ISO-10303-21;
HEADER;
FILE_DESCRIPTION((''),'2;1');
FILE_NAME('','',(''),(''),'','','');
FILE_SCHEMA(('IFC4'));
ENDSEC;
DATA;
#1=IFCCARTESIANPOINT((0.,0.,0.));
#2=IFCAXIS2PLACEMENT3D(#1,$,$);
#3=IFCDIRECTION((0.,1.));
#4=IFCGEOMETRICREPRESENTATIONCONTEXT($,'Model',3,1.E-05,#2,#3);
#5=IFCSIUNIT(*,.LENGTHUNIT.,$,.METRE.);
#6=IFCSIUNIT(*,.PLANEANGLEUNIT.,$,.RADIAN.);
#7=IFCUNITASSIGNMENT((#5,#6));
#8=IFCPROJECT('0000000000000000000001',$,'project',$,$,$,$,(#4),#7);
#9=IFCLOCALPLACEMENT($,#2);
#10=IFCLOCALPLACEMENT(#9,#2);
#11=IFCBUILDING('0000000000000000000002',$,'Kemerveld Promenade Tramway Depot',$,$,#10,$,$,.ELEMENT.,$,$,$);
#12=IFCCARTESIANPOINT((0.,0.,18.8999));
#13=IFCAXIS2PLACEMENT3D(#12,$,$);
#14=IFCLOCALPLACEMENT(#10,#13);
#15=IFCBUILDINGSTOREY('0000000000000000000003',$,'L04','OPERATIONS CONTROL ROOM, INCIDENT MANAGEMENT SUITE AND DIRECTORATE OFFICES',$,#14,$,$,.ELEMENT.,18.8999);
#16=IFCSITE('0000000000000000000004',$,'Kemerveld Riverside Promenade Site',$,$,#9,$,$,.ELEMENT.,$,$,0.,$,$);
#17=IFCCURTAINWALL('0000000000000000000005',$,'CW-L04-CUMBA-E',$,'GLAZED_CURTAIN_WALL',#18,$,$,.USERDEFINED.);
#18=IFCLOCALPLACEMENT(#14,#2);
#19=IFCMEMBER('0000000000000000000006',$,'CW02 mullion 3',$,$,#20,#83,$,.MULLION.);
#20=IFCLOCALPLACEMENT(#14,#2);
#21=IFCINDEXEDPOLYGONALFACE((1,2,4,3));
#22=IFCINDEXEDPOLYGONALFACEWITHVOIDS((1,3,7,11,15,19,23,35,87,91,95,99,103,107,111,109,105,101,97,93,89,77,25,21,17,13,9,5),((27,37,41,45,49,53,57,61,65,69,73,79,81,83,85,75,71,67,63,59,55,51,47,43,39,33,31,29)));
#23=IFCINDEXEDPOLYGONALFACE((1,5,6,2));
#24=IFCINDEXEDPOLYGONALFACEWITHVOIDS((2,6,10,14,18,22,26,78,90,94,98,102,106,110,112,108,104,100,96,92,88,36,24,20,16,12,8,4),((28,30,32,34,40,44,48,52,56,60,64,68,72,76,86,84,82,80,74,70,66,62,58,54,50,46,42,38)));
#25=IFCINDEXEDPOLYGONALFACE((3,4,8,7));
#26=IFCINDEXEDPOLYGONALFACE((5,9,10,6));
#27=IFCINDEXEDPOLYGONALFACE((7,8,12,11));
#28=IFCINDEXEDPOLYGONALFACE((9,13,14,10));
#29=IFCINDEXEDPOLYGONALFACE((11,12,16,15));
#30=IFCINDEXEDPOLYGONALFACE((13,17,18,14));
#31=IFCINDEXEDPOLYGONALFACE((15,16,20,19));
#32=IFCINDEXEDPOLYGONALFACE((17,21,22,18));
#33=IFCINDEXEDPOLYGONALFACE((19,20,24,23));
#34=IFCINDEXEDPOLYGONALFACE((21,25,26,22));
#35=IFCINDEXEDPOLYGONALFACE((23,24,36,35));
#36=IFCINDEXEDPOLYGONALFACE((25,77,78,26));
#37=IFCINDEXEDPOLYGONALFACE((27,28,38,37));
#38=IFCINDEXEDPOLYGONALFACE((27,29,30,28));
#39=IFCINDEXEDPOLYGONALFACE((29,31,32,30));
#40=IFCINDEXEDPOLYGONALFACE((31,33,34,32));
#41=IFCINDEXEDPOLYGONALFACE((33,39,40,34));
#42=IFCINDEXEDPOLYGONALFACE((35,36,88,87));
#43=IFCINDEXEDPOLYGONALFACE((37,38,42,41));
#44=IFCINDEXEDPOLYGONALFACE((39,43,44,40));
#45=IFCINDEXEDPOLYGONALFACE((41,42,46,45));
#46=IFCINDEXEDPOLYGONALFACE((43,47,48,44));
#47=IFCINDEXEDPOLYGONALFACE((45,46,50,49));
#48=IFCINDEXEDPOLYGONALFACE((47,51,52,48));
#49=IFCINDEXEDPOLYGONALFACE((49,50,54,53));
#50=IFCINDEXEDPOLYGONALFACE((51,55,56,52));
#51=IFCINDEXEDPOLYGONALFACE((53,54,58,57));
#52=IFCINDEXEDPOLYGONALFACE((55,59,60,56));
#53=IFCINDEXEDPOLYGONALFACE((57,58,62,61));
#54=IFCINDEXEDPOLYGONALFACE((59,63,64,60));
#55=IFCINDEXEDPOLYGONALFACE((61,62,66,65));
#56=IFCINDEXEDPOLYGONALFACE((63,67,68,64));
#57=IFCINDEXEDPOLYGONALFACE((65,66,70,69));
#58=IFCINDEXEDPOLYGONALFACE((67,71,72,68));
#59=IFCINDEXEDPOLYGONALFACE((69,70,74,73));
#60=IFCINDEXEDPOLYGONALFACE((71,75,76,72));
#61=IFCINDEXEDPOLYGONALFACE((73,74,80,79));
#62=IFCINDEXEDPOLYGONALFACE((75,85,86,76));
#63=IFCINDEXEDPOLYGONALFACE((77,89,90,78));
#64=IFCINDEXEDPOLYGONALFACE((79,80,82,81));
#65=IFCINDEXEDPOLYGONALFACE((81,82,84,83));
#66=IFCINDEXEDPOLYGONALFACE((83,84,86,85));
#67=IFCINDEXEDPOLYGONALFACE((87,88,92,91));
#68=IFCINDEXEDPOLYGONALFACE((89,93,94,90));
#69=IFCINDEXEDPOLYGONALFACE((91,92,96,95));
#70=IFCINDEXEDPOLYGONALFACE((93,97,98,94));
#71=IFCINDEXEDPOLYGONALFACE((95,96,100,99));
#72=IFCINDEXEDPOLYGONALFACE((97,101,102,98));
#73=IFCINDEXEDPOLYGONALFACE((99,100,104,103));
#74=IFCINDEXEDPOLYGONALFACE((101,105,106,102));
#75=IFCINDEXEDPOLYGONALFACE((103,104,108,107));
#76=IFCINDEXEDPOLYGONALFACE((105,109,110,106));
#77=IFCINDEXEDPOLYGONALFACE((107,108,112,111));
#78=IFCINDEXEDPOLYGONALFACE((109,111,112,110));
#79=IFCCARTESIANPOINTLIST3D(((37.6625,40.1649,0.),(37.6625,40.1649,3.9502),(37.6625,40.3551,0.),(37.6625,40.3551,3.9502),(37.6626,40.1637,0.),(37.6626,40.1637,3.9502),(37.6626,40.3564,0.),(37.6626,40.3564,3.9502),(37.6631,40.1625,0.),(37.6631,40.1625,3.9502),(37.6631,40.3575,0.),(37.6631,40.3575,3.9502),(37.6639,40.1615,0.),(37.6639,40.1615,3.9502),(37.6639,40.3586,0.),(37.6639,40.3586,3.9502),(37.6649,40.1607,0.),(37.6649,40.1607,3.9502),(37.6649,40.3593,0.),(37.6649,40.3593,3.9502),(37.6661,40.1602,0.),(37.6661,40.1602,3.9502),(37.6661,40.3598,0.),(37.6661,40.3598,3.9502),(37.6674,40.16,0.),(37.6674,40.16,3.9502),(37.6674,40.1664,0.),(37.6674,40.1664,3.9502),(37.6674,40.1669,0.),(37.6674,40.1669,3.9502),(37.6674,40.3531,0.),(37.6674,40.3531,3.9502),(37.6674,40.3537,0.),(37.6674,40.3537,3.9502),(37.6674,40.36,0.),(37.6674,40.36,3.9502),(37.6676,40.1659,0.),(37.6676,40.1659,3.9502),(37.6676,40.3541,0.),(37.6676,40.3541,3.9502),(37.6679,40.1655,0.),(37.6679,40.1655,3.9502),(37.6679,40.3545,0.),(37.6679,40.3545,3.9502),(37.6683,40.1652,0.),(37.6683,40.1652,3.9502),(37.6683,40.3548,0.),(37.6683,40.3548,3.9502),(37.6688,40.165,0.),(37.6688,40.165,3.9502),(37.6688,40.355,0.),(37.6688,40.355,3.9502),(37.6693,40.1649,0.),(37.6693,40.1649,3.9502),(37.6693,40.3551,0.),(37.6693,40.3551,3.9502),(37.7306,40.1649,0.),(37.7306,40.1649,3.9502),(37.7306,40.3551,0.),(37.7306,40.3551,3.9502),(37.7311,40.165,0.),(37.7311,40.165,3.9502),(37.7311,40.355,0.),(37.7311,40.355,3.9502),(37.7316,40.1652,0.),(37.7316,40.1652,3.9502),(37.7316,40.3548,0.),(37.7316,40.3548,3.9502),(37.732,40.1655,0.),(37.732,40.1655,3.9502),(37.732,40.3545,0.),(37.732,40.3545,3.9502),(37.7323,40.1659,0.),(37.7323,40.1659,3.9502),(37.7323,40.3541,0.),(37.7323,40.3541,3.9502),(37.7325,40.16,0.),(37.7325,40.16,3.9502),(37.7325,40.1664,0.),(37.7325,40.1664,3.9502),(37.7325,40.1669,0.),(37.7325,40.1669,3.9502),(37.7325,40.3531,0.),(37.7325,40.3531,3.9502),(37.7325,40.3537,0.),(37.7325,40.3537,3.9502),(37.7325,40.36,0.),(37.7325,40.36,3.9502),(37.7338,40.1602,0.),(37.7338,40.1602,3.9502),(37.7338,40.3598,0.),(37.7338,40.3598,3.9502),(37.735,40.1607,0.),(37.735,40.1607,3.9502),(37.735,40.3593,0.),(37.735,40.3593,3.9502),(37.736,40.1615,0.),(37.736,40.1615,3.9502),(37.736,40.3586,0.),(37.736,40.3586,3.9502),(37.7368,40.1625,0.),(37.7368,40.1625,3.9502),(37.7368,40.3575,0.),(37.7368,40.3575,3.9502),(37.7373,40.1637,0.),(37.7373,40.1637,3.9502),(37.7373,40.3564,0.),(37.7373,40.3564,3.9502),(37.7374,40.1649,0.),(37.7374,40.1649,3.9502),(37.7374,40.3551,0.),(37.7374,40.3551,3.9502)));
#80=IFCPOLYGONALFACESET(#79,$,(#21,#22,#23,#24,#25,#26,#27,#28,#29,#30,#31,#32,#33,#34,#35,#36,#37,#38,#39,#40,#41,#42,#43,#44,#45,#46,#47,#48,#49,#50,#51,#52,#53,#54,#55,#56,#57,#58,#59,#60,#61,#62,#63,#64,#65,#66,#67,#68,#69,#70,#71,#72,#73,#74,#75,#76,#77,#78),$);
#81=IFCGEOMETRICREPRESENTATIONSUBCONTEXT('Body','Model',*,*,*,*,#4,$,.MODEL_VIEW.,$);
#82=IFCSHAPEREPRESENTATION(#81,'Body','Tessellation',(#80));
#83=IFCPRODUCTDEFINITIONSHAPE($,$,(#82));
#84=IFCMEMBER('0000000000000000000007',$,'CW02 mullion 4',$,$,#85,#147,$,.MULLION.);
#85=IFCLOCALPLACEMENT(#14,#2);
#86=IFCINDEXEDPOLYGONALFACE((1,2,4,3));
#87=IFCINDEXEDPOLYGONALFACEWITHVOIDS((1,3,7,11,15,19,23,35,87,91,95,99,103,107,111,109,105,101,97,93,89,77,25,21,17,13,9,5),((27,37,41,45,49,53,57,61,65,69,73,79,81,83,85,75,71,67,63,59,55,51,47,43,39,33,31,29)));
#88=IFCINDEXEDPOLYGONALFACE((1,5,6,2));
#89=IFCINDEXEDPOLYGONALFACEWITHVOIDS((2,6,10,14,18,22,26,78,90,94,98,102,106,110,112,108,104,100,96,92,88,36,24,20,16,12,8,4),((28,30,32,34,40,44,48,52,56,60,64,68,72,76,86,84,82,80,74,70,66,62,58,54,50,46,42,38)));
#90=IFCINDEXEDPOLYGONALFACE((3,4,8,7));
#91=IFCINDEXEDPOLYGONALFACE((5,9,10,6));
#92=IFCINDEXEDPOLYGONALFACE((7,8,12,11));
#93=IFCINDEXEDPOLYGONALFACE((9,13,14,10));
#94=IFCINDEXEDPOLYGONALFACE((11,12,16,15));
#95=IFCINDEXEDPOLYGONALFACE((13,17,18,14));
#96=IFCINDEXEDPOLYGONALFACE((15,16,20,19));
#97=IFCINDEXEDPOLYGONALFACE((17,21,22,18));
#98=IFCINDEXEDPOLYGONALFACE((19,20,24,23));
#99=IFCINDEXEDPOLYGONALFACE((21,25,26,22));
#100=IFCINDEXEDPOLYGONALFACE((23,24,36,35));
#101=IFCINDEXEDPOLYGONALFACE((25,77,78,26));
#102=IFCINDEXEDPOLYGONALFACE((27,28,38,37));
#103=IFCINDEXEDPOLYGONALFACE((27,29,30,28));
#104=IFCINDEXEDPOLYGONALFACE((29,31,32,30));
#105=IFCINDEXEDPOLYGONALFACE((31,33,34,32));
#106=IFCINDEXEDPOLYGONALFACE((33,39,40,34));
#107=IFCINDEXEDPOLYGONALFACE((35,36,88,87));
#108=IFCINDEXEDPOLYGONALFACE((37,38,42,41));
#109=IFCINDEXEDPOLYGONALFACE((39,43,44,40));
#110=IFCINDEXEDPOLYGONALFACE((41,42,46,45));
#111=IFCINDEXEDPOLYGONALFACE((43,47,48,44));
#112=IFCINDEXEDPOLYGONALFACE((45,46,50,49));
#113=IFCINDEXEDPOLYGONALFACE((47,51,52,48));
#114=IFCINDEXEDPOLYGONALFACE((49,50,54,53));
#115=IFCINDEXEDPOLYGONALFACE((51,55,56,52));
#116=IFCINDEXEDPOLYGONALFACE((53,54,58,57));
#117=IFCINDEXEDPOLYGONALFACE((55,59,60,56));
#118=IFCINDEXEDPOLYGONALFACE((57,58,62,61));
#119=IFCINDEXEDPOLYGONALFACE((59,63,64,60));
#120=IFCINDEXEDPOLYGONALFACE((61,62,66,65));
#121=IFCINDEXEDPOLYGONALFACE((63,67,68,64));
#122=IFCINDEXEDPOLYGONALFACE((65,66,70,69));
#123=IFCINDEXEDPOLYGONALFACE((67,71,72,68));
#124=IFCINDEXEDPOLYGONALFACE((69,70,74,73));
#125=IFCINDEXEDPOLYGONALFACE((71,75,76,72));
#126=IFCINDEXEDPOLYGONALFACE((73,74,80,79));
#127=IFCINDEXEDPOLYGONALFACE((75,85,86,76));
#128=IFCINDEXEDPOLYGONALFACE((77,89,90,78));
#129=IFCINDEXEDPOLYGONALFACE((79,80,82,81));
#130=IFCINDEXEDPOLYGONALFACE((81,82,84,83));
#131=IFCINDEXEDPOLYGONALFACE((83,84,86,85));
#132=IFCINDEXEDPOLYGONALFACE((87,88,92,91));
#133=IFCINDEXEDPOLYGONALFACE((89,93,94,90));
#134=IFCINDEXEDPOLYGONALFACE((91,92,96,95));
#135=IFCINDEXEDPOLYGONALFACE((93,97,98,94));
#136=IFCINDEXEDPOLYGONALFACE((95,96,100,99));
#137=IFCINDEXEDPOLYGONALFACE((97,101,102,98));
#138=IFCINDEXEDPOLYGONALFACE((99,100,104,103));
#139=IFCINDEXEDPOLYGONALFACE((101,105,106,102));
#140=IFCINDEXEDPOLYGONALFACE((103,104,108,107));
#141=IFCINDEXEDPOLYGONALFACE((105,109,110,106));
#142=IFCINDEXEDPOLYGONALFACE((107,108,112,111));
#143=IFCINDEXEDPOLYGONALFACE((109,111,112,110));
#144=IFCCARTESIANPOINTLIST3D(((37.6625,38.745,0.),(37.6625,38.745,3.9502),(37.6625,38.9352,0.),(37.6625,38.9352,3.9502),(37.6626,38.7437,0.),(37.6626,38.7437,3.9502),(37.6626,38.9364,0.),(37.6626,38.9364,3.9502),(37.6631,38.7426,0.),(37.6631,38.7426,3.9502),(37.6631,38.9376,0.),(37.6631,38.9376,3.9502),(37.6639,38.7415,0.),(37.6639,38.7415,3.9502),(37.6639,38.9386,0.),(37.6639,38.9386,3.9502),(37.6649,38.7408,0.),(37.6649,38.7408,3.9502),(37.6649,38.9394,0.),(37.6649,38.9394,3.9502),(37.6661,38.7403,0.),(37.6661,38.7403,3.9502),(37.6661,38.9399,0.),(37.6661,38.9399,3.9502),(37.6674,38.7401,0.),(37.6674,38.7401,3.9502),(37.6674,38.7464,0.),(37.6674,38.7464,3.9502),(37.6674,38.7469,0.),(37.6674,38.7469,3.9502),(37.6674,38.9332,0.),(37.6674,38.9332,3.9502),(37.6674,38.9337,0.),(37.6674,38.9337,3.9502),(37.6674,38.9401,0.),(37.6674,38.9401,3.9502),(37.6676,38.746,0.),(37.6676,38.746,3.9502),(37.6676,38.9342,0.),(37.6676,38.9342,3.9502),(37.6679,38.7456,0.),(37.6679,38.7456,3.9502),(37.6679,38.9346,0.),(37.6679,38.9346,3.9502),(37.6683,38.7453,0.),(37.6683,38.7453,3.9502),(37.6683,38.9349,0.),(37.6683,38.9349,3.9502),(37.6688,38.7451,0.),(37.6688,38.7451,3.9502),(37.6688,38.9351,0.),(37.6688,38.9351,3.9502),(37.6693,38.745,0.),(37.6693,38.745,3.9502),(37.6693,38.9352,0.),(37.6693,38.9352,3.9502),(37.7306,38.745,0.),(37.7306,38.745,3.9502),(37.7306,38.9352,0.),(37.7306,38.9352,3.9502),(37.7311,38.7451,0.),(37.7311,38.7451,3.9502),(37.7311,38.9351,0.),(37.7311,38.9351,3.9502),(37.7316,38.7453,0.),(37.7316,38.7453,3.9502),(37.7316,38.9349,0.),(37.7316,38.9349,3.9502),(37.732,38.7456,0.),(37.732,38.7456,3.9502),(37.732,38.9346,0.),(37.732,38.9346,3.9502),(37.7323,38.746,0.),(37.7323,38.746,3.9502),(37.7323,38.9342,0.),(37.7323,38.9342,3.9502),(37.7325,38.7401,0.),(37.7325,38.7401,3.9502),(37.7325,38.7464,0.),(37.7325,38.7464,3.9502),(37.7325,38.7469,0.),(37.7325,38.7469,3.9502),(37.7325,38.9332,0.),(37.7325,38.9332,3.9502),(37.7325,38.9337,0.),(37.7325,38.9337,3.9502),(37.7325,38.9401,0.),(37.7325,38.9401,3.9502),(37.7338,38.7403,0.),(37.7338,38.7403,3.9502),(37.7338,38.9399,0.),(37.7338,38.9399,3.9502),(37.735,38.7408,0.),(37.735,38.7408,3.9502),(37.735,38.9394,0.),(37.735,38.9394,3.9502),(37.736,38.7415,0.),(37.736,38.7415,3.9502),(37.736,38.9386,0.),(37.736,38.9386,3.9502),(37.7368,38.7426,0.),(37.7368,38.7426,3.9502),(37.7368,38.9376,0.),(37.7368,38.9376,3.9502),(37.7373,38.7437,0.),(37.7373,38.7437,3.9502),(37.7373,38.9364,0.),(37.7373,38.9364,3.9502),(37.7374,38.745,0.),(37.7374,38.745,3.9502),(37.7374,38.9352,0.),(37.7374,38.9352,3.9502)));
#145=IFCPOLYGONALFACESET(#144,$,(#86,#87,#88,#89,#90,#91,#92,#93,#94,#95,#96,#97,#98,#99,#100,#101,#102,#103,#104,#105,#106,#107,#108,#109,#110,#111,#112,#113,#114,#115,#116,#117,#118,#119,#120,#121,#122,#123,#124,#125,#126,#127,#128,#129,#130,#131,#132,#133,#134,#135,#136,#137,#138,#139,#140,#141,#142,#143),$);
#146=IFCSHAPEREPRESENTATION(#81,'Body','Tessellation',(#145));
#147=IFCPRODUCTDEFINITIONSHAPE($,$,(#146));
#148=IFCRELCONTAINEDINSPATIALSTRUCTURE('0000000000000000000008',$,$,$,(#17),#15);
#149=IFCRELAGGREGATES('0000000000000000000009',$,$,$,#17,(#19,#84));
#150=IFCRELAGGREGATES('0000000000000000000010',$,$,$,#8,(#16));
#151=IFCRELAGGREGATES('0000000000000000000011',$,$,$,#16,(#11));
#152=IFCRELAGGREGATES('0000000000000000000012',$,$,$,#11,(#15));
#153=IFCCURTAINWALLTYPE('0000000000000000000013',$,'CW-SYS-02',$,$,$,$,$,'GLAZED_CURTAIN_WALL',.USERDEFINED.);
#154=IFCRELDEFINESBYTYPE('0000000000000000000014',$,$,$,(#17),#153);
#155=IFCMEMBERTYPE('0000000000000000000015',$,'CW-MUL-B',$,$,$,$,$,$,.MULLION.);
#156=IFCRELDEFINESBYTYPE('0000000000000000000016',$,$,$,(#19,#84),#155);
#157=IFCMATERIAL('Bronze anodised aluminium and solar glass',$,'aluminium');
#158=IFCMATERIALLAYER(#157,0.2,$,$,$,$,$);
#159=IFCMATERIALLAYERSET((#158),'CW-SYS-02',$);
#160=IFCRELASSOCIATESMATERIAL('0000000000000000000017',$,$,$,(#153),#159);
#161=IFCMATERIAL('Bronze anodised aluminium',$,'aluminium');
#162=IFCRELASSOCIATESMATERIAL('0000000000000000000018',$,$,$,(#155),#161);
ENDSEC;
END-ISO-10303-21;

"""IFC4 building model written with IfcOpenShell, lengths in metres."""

from ifc_helpers import new_model, si_unit, direction, frame, origin, origin_2d, place, context, subcontext, project, spatial, hollow_rectangle, extrude, material, layer, layer_set, material_profile, profile_set, type_object, element, aggregate, save


model = new_model("IFC4")

# Units and contexts
model_context = context("Model", 3, precision=1e-05, world=origin(), true_north=direction((0.0, 1.0)))
body_context = subcontext(model_context, "Body", "Model", "MODEL_VIEW")
ifc_project = project(units=[si_unit("LENGTHUNIT", "METRE"), si_unit("PLANEANGLEUNIT", "RADIAN")], contexts=[model_context])

# Site, building, storey
site_placement = place(None, origin())
site = spatial("IfcSite", under=ifc_project, at=site_placement, Name="Kemerveld Riverside Promenade Site", CompositionType="ELEMENT", RefElevation=0.0)
building_placement = place(site_placement, origin())
building = spatial("IfcBuilding", under=site, at=building_placement, Name="Kemerveld Promenade Tramway Depot", CompositionType="ELEMENT")
storey_placement = place(building_placement, frame((0.0, 0.0, 18.8999)))
storey = spatial("IfcBuildingStorey", under=building, at=storey_placement, Name="L04", Description="OPERATIONS CONTROL ROOM, INCIDENT MANAGEMENT SUITE AND DIRECTORATE OFFICES", CompositionType="ELEMENT", Elevation=18.8999)

# Curtain wall, members
ifc_material_1 = material(Name="Bronze anodised aluminium and solar glass", Category="aluminium")
ifc_layer_1 = layer(ifc_material_1, 0.2)
ifc_layer_set_1 = layer_set([ifc_layer_1], Name="CW-SYS-02")
curtain_wall_type = type_object("IfcCurtainWallType", Name="CW-SYS-02", ElementType="GLAZED_CURTAIN_WALL", PredefinedType="USERDEFINED", material=ifc_layer_set_1)
curtain_wall_placement = place(storey_placement, origin())
curtain_wall = element("IfcCurtainWall", 1, at=curtain_wall_placement, inside=storey, type_object=curtain_wall_type, Name="CW-L04-CUMBA-E", ObjectType="GLAZED_CURTAIN_WALL", PredefinedType="USERDEFINED")
ifc_material_2 = material(Name="Bronze anodised aluminium", Category="aluminium")
ifc_material_profile_1 = material_profile(ifc_material_2, hollow_rectangle(XDim=0.075, YDim=0.2, WallThickness=0.0049, InnerFilletRadius=0.002, OuterFilletRadius=0.0049, at=origin_2d()), Name="CW-MUL-200x75")
ifc_profile_set_1 = profile_set([ifc_material_profile_1], Name="Bronze anodised aluminium")
member_type_1 = type_object("IfcMemberType", Name="CW-MUL-B", PredefinedType="MULLION", material=ifc_profile_set_1)
member_1_placement = place(storey_placement, frame((37.7, 40.26, 0.0), z_axis=(0.0, 0.0, 1.0), x_axis=(1.0, 0.0, 0.0)))
member_1 = element("IfcMember", 2, at=member_1_placement, type_object=member_type_1, Name="CW02 mullion 3", PredefinedType="MULLION", context=body_context, shape_type="SweptSolid", body=[
    extrude(hollow_rectangle(XDim=0.075, YDim=0.2, WallThickness=0.0049, InnerFilletRadius=0.002, OuterFilletRadius=0.0049, at=origin_2d()), origin(), (0.0, 0.0, 1.0), 3.9502),
])
member_2_placement = place(storey_placement, frame((37.7, 38.8401, 0.0), z_axis=(0.0, 0.0, 1.0), x_axis=(1.0, 0.0, 0.0)))
member_2 = element("IfcMember", 3, at=member_2_placement, type_object=member_type_1, Name="CW02 mullion 4", PredefinedType="MULLION", context=body_context, shape_type="SweptSolid", body=[
    extrude(hollow_rectangle(XDim=0.075, YDim=0.2, WallThickness=0.0049, InnerFilletRadius=0.002, OuterFilletRadius=0.0049, at=origin_2d()), origin(), (0.0, 0.0, 1.0), 3.9502),
])
aggregate(curtain_wall, [member_1, member_2])

save(model, "model.ifc")
